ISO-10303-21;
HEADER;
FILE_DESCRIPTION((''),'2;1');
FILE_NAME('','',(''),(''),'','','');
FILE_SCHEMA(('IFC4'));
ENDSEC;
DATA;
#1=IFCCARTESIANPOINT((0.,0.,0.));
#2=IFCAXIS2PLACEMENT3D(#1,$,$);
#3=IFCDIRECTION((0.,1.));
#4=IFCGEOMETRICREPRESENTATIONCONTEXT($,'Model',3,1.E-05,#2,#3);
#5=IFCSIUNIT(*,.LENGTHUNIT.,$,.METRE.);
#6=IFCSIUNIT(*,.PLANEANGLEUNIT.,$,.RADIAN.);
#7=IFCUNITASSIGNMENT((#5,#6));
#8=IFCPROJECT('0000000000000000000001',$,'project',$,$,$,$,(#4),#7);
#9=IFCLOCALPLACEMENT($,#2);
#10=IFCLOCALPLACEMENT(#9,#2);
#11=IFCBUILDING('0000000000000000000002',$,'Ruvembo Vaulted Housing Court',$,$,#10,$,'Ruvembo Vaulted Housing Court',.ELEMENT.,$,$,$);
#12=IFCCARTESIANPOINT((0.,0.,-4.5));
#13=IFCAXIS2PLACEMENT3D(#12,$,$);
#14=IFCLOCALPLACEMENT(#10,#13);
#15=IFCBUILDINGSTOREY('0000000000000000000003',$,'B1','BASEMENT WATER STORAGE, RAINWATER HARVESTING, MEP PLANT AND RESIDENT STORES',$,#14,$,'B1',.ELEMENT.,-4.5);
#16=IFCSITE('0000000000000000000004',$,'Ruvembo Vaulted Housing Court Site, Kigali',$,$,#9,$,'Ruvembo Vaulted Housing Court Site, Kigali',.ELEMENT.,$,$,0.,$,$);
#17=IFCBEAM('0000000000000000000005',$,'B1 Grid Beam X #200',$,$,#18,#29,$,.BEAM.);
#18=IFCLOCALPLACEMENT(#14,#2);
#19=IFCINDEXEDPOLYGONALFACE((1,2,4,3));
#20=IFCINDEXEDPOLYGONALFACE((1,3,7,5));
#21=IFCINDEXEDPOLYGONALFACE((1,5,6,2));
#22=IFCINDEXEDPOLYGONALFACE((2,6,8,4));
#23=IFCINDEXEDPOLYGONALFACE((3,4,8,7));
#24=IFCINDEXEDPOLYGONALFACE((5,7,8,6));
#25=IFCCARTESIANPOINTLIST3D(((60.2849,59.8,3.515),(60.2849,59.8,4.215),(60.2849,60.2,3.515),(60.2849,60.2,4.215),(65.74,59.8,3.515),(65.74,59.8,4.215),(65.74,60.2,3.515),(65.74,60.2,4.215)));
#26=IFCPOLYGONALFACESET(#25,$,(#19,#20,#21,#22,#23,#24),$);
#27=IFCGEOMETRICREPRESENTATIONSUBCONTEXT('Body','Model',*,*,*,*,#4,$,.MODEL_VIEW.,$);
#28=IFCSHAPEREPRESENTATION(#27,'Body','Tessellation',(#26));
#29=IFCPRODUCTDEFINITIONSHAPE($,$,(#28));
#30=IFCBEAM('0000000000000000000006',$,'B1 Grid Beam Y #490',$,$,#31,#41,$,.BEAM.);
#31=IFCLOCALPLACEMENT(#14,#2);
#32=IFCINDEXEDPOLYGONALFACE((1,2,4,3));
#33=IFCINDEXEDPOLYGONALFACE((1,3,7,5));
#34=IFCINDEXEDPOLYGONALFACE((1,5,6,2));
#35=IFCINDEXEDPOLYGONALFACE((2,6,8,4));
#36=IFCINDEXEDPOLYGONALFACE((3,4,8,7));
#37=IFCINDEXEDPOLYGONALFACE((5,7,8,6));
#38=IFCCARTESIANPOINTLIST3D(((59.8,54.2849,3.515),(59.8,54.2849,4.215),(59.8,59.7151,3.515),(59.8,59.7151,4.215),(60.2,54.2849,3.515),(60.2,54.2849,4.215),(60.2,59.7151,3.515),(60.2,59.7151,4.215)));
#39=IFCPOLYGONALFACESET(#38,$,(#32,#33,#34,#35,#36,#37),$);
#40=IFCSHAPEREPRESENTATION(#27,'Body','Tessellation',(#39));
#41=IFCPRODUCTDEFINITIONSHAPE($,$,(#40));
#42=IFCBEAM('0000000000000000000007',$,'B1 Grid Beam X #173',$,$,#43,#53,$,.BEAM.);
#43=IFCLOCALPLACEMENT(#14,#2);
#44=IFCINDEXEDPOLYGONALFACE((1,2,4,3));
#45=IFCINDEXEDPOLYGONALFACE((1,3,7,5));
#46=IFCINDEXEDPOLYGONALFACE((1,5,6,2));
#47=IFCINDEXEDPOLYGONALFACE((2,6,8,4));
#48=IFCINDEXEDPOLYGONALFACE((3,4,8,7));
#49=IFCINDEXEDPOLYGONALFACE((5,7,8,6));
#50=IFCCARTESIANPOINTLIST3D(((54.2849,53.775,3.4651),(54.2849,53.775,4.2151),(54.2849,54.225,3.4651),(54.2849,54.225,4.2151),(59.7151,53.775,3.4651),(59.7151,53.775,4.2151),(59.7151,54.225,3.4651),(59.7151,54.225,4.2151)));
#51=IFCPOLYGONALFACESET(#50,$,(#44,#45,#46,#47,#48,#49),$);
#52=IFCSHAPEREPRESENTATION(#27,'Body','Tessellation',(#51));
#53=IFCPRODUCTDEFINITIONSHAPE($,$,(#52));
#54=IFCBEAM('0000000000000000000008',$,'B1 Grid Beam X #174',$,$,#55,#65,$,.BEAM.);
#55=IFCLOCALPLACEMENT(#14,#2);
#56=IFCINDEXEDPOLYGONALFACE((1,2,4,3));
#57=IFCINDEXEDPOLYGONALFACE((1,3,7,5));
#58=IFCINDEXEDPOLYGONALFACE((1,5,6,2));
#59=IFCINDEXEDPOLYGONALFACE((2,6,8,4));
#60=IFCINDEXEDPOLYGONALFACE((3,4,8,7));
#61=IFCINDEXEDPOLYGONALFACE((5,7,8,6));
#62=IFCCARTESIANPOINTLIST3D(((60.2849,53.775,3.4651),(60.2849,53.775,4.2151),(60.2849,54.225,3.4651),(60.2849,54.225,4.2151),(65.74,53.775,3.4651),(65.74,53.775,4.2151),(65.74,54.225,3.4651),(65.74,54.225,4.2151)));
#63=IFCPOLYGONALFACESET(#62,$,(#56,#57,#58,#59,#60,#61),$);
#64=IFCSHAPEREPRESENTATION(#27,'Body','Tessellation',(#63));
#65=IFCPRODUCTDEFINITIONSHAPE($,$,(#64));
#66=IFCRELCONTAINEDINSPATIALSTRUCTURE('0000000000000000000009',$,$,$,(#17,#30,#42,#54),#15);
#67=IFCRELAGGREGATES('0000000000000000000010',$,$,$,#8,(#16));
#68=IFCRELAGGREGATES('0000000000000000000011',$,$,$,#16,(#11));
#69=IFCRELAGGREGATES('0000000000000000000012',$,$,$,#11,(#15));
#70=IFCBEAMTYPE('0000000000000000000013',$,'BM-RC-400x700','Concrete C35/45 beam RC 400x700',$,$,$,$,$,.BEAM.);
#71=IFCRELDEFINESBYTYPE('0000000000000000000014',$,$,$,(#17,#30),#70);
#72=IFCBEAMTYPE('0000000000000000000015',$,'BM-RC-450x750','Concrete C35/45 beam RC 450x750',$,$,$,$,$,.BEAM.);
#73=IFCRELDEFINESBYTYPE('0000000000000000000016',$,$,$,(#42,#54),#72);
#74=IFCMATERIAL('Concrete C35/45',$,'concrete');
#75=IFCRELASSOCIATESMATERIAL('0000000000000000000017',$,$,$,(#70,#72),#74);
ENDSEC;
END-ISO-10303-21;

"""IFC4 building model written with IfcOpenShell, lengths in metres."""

from ifc_helpers import new_model, si_unit, direction, frame, origin, origin_2d, place, context, subcontext, project, spatial, rectangle, extrude, material, material_profile, profile_set, type_object, element, save


model = new_model("IFC4")

# Units and contexts
model_context = context("Model", 3, precision=1e-05, world=origin(), true_north=direction((0.0, 1.0)))
body_context = subcontext(model_context, "Body", "Model", "MODEL_VIEW")
ifc_project = project(units=[si_unit("LENGTHUNIT", "METRE"), si_unit("PLANEANGLEUNIT", "RADIAN")], contexts=[model_context])

# Site, building, storey
site_placement = place(None, origin())
site = spatial("IfcSite", under=ifc_project, at=site_placement, Name="Ruvembo Vaulted Housing Court Site, Kigali", LongName="Ruvembo Vaulted Housing Court Site, Kigali", CompositionType="ELEMENT", RefElevation=0.0)
building_placement = place(site_placement, origin())
building = spatial("IfcBuilding", under=site, at=building_placement, Name="Ruvembo Vaulted Housing Court", LongName="Ruvembo Vaulted Housing Court", CompositionType="ELEMENT")
storey_placement = place(building_placement, frame((0.0, 0.0, -4.5)))
storey = spatial("IfcBuildingStorey", under=building, at=storey_placement, Name="B1", Description="BASEMENT WATER STORAGE, RAINWATER HARVESTING, MEP PLANT AND RESIDENT STORES", LongName="B1", CompositionType="ELEMENT", Elevation=-4.5)

# Shared definitions
ifc_material_1 = material(Name="Concrete C35/45", Category="concrete")

# Beams
ifc_material_profile_1 = material_profile(ifc_material_1, rectangle(XDim=0.3999, YDim=0.7, at=origin_2d()), Name="RC 400x700")
ifc_profile_set_1 = profile_set([ifc_material_profile_1], Name="Concrete C35/45")
beam_type_1 = type_object("IfcBeamType", Name="BM-RC-400x700", Description="Concrete C35/45 beam RC 400x700", PredefinedType="BEAM", material=ifc_profile_set_1)
beam_1_placement = place(storey_placement, frame((60.2849, 60.0, 3.865), z_axis=(1.0, 0.0, 0.0), x_axis=(0.0, 1.0, 0.0)))
element("IfcBeam", 1, at=beam_1_placement, inside=storey, type_object=beam_type_1, Name="B1 Grid Beam X #200", PredefinedType="BEAM", context=body_context, shape_type="SweptSolid", body=[
    extrude(rectangle(XDim=0.3999, YDim=0.7, at=origin_2d()), origin(), (0.0, 0.0, 1.0), 5.4551),
])
beam_2_placement = place(storey_placement, frame((60.0, 54.2849, 3.865), z_axis=(0.0, 1.0, 0.0), x_axis=(-1.0, 0.0, 0.0)))
element("IfcBeam", 2, at=beam_2_placement, inside=storey, type_object=beam_type_1, Name="B1 Grid Beam Y #490", PredefinedType="BEAM", context=body_context, shape_type="SweptSolid", body=[
    extrude(rectangle(XDim=0.3999, YDim=0.7, at=origin_2d()), origin(), (0.0, 0.0, 1.0), 5.4302),
])
ifc_material_profile_2 = material_profile(ifc_material_1, rectangle(XDim=0.45, YDim=0.75, at=origin_2d()), Name="RC 450x750")
ifc_profile_set_2 = profile_set([ifc_material_profile_2], Name="Concrete C35/45")
beam_type_2 = type_object("IfcBeamType", Name="BM-RC-450x750", Description="Concrete C35/45 beam RC 450x750", PredefinedType="BEAM", material=ifc_profile_set_2)
beam_3_placement = place(storey_placement, frame((54.2849, 54.0, 3.8401), z_axis=(1.0, 0.0, 0.0), x_axis=(0.0, 1.0, 0.0)))
element("IfcBeam", 3, at=beam_3_placement, inside=storey, type_object=beam_type_2, Name="B1 Grid Beam X #173", PredefinedType="BEAM", context=body_context, shape_type="SweptSolid", body=[
    extrude(rectangle(XDim=0.45, YDim=0.75, at=origin_2d()), origin(), (0.0, 0.0, 1.0), 5.4302),
])
beam_4_placement = place(storey_placement, frame((60.2849, 54.0, 3.8401), z_axis=(1.0, 0.0, 0.0), x_axis=(0.0, 1.0, 0.0)))
element("IfcBeam", 4, at=beam_4_placement, inside=storey, type_object=beam_type_2, Name="B1 Grid Beam X #174", PredefinedType="BEAM", context=body_context, shape_type="SweptSolid", body=[
    extrude(rectangle(XDim=0.45, YDim=0.75, at=origin_2d()), origin(), (0.0, 0.0, 1.0), 5.4551),
])

save(model, "model.ifc")
